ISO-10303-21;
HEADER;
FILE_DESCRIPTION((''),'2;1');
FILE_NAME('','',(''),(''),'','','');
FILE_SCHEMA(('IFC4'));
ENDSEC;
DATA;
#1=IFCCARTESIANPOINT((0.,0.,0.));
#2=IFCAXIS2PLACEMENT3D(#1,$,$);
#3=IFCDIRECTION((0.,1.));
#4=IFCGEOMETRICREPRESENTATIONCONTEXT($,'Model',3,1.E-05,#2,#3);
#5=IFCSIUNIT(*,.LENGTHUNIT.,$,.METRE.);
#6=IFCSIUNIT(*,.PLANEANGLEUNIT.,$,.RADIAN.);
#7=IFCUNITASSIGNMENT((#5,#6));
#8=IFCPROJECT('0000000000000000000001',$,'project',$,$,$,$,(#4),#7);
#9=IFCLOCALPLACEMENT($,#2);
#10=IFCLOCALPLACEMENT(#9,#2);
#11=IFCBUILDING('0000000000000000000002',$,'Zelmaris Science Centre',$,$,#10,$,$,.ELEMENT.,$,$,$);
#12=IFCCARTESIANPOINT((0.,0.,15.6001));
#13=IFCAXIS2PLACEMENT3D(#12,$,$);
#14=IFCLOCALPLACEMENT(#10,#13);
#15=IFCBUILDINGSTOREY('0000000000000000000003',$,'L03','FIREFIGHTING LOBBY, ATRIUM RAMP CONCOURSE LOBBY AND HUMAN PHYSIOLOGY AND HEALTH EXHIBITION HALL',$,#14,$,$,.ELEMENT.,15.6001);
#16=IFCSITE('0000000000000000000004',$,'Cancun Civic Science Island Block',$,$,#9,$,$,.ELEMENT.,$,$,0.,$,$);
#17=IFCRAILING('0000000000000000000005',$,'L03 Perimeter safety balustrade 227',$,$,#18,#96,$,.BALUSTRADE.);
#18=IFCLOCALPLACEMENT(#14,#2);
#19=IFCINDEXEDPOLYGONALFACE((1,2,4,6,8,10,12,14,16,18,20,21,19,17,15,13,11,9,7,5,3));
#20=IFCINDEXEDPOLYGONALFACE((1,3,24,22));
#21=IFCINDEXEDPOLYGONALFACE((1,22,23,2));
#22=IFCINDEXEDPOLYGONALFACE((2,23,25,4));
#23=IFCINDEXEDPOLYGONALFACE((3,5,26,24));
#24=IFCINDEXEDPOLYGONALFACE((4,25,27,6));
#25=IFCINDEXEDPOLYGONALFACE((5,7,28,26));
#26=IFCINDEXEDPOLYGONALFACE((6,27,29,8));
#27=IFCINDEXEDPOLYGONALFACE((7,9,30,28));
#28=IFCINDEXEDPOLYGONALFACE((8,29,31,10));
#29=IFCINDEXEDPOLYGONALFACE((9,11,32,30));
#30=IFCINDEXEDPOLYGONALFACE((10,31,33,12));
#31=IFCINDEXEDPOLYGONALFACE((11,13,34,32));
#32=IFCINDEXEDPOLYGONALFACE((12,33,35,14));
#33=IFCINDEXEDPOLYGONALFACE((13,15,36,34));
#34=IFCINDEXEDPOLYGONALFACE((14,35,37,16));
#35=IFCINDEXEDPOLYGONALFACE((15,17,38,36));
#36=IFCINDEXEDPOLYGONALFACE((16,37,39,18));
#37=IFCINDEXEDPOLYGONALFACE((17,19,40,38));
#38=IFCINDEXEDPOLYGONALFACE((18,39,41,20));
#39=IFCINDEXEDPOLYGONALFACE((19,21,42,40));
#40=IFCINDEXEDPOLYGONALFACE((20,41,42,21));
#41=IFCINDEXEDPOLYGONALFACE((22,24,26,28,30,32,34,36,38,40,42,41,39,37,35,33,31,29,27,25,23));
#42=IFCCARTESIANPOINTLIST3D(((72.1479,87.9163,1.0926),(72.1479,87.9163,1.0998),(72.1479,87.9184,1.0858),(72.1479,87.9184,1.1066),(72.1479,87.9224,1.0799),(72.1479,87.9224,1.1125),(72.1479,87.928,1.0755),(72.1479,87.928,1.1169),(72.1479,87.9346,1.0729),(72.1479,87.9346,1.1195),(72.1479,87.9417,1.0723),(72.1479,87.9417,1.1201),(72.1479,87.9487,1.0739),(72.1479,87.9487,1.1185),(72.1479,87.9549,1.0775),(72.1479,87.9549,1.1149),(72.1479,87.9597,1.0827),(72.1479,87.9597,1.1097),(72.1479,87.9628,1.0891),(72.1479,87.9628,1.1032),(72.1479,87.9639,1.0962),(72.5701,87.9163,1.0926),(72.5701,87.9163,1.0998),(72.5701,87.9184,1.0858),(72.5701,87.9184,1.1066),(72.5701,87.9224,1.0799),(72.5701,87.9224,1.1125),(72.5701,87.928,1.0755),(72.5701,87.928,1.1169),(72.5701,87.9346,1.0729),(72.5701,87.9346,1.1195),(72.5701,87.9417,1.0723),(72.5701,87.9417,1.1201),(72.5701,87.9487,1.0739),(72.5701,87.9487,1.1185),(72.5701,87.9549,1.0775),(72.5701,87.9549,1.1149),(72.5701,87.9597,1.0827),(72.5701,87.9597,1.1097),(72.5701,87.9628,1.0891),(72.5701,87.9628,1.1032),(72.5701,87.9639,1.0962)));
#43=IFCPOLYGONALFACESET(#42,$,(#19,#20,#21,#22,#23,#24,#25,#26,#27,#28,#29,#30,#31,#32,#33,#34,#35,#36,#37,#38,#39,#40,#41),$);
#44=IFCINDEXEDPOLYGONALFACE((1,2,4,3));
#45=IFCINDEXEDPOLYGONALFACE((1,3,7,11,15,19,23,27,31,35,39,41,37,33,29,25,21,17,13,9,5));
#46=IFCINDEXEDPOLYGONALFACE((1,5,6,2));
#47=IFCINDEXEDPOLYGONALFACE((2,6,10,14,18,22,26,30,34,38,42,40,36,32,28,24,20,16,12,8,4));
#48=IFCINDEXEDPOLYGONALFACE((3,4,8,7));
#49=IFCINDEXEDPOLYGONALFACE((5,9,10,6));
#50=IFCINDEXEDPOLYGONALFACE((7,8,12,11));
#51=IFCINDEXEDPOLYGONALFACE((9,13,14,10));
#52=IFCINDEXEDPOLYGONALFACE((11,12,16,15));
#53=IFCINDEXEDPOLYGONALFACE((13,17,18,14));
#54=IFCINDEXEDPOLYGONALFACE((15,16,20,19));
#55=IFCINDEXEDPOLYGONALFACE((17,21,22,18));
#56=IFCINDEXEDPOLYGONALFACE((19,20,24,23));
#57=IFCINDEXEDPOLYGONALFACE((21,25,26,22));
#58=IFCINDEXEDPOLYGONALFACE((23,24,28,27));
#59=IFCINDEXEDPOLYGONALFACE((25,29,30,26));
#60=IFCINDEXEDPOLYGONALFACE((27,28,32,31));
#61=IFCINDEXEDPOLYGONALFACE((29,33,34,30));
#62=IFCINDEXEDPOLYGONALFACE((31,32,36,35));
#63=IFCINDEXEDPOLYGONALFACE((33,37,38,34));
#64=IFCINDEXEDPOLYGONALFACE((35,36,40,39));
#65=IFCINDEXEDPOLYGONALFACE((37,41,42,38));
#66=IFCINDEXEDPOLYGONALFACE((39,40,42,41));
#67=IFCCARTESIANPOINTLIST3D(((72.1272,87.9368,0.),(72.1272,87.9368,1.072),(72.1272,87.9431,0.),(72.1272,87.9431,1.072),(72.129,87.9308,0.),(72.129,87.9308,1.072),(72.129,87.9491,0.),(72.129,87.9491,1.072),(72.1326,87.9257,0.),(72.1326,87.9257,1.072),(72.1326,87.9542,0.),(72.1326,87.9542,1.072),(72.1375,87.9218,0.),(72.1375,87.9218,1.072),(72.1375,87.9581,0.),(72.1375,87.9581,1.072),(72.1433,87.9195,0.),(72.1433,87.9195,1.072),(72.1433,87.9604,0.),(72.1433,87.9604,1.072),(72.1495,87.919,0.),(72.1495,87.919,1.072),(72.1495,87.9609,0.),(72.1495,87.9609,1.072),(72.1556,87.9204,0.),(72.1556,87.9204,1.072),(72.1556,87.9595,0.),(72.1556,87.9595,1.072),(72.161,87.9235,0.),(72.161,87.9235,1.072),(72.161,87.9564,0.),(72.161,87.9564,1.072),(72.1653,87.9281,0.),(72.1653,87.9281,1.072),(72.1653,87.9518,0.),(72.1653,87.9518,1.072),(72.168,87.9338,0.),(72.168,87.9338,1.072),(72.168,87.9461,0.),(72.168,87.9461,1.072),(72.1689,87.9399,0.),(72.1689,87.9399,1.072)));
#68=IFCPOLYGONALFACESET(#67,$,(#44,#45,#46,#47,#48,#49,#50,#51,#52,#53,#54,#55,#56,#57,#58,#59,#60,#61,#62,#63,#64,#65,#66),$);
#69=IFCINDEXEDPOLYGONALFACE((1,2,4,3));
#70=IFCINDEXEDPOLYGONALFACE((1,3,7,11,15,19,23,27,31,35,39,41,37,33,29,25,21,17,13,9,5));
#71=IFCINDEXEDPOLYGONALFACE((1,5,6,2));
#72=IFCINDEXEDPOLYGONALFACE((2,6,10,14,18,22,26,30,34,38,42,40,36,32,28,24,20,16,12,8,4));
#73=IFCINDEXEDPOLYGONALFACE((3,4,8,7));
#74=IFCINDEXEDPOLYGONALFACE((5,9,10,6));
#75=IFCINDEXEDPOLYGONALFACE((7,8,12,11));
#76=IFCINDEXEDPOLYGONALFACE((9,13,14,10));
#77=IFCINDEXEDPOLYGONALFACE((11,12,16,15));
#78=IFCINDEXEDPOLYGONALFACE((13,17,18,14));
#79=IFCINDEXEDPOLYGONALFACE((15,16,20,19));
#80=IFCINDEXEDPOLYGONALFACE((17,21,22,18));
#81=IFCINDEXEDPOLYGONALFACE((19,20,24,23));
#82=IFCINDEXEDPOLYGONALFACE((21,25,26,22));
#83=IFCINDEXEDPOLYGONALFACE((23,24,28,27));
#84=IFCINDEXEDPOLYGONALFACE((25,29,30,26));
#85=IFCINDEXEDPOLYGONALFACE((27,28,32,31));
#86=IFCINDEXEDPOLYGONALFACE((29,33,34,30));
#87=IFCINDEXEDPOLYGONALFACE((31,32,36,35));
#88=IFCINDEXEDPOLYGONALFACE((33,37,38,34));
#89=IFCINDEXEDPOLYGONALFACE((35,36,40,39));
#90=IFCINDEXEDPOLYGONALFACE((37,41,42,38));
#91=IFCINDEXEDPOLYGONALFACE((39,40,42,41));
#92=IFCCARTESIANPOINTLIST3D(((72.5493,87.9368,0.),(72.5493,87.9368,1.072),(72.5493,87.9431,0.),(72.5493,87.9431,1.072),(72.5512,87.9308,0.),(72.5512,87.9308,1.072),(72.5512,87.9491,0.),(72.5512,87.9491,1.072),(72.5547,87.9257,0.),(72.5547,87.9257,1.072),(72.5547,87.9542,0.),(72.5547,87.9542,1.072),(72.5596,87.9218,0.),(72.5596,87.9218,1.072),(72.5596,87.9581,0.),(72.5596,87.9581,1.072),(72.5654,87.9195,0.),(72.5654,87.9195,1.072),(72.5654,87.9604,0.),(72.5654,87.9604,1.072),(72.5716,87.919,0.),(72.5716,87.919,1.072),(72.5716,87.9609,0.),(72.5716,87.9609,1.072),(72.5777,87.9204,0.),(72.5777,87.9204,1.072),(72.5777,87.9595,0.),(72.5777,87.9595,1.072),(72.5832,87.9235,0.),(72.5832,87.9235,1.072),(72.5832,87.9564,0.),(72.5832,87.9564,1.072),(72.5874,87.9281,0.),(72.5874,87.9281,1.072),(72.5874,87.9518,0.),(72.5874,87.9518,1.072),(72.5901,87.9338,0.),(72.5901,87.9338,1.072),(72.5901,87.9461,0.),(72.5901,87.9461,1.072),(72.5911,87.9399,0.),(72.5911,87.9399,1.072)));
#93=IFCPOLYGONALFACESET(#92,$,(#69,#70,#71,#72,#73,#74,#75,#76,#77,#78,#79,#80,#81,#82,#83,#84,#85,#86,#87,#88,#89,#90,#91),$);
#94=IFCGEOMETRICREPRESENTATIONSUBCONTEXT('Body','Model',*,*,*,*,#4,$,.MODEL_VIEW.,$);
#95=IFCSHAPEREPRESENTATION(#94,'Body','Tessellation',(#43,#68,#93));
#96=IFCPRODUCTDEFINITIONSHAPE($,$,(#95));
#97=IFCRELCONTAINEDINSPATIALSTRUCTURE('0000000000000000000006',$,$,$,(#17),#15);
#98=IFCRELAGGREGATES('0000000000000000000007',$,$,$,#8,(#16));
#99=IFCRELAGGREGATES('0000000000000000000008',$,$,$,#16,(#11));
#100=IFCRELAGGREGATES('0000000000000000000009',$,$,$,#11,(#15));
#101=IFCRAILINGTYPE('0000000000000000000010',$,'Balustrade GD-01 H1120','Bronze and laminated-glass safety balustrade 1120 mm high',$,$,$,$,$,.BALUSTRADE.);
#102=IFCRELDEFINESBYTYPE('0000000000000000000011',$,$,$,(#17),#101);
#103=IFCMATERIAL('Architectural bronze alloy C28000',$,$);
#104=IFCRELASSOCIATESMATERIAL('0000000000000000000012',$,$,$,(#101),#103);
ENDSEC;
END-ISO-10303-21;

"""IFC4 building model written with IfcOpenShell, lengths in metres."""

from ifc_helpers import new_model, si_unit, direction, frame, origin, origin_2d, place, context, subcontext, project, spatial, circle, extrude, material, type_object, element, save


model = new_model("IFC4")

# Units and contexts
model_context = context("Model", 3, precision=1e-05, world=origin(), true_north=direction((0.0, 1.0)))
body_context = subcontext(model_context, "Body", "Model", "MODEL_VIEW")
ifc_project = project(units=[si_unit("LENGTHUNIT", "METRE"), si_unit("PLANEANGLEUNIT", "RADIAN")], contexts=[model_context])

# Site, building, storey
site_placement = place(None, origin())
site = spatial("IfcSite", under=ifc_project, at=site_placement, Name="Cancun Civic Science Island Block", CompositionType="ELEMENT", RefElevation=0.0)
building_placement = place(site_placement, origin())
building = spatial("IfcBuilding", under=site, at=building_placement, Name="Zelmaris Science Centre", CompositionType="ELEMENT")
storey_placement = place(building_placement, frame((0.0, 0.0, 15.6001)))
storey = spatial("IfcBuildingStorey", under=building, at=storey_placement, Name="L03", Description="FIREFIGHTING LOBBY, ATRIUM RAMP CONCOURSE LOBBY AND HUMAN PHYSIOLOGY AND HEALTH EXHIBITION HALL", CompositionType="ELEMENT", Elevation=15.6001)

# Railing
ifc_material_1 = material(Name="Architectural bronze alloy C28000")
railing_type = type_object("IfcRailingType", Name="Balustrade GD-01 H1120", Description="Bronze and laminated-glass safety balustrade 1120 mm high", PredefinedType="BALUSTRADE", material=ifc_material_1)
railing_1_placement = place(storey_placement, frame((72.1479, 87.9399, 0.0)))
element("IfcRailing", 1, at=railing_1_placement, inside=storey, type_object=railing_type, Name="L03 Perimeter safety balustrade 227", PredefinedType="BALUSTRADE", context=body_context, shape_type="SweptSolid", body=[
    extrude(circle(Radius=0.0239, at=origin_2d()), frame((0.0, 0.0, 1.0962), z_axis=(1.0, 0.0, 0.0), x_axis=(0.0, 1.0, 0.0)), (0.0, 0.0, 1.0), 0.4221),
    extrude(circle(Radius=0.021, at=origin_2d()), origin(), (0.0, 0.0, 1.0), 1.072),
    extrude(circle(Radius=0.021, at=origin_2d()), frame((0.4221, 0.0, 0.0)), (0.0, 0.0, 1.0), 1.072),
])

save(model, "model.ifc")
